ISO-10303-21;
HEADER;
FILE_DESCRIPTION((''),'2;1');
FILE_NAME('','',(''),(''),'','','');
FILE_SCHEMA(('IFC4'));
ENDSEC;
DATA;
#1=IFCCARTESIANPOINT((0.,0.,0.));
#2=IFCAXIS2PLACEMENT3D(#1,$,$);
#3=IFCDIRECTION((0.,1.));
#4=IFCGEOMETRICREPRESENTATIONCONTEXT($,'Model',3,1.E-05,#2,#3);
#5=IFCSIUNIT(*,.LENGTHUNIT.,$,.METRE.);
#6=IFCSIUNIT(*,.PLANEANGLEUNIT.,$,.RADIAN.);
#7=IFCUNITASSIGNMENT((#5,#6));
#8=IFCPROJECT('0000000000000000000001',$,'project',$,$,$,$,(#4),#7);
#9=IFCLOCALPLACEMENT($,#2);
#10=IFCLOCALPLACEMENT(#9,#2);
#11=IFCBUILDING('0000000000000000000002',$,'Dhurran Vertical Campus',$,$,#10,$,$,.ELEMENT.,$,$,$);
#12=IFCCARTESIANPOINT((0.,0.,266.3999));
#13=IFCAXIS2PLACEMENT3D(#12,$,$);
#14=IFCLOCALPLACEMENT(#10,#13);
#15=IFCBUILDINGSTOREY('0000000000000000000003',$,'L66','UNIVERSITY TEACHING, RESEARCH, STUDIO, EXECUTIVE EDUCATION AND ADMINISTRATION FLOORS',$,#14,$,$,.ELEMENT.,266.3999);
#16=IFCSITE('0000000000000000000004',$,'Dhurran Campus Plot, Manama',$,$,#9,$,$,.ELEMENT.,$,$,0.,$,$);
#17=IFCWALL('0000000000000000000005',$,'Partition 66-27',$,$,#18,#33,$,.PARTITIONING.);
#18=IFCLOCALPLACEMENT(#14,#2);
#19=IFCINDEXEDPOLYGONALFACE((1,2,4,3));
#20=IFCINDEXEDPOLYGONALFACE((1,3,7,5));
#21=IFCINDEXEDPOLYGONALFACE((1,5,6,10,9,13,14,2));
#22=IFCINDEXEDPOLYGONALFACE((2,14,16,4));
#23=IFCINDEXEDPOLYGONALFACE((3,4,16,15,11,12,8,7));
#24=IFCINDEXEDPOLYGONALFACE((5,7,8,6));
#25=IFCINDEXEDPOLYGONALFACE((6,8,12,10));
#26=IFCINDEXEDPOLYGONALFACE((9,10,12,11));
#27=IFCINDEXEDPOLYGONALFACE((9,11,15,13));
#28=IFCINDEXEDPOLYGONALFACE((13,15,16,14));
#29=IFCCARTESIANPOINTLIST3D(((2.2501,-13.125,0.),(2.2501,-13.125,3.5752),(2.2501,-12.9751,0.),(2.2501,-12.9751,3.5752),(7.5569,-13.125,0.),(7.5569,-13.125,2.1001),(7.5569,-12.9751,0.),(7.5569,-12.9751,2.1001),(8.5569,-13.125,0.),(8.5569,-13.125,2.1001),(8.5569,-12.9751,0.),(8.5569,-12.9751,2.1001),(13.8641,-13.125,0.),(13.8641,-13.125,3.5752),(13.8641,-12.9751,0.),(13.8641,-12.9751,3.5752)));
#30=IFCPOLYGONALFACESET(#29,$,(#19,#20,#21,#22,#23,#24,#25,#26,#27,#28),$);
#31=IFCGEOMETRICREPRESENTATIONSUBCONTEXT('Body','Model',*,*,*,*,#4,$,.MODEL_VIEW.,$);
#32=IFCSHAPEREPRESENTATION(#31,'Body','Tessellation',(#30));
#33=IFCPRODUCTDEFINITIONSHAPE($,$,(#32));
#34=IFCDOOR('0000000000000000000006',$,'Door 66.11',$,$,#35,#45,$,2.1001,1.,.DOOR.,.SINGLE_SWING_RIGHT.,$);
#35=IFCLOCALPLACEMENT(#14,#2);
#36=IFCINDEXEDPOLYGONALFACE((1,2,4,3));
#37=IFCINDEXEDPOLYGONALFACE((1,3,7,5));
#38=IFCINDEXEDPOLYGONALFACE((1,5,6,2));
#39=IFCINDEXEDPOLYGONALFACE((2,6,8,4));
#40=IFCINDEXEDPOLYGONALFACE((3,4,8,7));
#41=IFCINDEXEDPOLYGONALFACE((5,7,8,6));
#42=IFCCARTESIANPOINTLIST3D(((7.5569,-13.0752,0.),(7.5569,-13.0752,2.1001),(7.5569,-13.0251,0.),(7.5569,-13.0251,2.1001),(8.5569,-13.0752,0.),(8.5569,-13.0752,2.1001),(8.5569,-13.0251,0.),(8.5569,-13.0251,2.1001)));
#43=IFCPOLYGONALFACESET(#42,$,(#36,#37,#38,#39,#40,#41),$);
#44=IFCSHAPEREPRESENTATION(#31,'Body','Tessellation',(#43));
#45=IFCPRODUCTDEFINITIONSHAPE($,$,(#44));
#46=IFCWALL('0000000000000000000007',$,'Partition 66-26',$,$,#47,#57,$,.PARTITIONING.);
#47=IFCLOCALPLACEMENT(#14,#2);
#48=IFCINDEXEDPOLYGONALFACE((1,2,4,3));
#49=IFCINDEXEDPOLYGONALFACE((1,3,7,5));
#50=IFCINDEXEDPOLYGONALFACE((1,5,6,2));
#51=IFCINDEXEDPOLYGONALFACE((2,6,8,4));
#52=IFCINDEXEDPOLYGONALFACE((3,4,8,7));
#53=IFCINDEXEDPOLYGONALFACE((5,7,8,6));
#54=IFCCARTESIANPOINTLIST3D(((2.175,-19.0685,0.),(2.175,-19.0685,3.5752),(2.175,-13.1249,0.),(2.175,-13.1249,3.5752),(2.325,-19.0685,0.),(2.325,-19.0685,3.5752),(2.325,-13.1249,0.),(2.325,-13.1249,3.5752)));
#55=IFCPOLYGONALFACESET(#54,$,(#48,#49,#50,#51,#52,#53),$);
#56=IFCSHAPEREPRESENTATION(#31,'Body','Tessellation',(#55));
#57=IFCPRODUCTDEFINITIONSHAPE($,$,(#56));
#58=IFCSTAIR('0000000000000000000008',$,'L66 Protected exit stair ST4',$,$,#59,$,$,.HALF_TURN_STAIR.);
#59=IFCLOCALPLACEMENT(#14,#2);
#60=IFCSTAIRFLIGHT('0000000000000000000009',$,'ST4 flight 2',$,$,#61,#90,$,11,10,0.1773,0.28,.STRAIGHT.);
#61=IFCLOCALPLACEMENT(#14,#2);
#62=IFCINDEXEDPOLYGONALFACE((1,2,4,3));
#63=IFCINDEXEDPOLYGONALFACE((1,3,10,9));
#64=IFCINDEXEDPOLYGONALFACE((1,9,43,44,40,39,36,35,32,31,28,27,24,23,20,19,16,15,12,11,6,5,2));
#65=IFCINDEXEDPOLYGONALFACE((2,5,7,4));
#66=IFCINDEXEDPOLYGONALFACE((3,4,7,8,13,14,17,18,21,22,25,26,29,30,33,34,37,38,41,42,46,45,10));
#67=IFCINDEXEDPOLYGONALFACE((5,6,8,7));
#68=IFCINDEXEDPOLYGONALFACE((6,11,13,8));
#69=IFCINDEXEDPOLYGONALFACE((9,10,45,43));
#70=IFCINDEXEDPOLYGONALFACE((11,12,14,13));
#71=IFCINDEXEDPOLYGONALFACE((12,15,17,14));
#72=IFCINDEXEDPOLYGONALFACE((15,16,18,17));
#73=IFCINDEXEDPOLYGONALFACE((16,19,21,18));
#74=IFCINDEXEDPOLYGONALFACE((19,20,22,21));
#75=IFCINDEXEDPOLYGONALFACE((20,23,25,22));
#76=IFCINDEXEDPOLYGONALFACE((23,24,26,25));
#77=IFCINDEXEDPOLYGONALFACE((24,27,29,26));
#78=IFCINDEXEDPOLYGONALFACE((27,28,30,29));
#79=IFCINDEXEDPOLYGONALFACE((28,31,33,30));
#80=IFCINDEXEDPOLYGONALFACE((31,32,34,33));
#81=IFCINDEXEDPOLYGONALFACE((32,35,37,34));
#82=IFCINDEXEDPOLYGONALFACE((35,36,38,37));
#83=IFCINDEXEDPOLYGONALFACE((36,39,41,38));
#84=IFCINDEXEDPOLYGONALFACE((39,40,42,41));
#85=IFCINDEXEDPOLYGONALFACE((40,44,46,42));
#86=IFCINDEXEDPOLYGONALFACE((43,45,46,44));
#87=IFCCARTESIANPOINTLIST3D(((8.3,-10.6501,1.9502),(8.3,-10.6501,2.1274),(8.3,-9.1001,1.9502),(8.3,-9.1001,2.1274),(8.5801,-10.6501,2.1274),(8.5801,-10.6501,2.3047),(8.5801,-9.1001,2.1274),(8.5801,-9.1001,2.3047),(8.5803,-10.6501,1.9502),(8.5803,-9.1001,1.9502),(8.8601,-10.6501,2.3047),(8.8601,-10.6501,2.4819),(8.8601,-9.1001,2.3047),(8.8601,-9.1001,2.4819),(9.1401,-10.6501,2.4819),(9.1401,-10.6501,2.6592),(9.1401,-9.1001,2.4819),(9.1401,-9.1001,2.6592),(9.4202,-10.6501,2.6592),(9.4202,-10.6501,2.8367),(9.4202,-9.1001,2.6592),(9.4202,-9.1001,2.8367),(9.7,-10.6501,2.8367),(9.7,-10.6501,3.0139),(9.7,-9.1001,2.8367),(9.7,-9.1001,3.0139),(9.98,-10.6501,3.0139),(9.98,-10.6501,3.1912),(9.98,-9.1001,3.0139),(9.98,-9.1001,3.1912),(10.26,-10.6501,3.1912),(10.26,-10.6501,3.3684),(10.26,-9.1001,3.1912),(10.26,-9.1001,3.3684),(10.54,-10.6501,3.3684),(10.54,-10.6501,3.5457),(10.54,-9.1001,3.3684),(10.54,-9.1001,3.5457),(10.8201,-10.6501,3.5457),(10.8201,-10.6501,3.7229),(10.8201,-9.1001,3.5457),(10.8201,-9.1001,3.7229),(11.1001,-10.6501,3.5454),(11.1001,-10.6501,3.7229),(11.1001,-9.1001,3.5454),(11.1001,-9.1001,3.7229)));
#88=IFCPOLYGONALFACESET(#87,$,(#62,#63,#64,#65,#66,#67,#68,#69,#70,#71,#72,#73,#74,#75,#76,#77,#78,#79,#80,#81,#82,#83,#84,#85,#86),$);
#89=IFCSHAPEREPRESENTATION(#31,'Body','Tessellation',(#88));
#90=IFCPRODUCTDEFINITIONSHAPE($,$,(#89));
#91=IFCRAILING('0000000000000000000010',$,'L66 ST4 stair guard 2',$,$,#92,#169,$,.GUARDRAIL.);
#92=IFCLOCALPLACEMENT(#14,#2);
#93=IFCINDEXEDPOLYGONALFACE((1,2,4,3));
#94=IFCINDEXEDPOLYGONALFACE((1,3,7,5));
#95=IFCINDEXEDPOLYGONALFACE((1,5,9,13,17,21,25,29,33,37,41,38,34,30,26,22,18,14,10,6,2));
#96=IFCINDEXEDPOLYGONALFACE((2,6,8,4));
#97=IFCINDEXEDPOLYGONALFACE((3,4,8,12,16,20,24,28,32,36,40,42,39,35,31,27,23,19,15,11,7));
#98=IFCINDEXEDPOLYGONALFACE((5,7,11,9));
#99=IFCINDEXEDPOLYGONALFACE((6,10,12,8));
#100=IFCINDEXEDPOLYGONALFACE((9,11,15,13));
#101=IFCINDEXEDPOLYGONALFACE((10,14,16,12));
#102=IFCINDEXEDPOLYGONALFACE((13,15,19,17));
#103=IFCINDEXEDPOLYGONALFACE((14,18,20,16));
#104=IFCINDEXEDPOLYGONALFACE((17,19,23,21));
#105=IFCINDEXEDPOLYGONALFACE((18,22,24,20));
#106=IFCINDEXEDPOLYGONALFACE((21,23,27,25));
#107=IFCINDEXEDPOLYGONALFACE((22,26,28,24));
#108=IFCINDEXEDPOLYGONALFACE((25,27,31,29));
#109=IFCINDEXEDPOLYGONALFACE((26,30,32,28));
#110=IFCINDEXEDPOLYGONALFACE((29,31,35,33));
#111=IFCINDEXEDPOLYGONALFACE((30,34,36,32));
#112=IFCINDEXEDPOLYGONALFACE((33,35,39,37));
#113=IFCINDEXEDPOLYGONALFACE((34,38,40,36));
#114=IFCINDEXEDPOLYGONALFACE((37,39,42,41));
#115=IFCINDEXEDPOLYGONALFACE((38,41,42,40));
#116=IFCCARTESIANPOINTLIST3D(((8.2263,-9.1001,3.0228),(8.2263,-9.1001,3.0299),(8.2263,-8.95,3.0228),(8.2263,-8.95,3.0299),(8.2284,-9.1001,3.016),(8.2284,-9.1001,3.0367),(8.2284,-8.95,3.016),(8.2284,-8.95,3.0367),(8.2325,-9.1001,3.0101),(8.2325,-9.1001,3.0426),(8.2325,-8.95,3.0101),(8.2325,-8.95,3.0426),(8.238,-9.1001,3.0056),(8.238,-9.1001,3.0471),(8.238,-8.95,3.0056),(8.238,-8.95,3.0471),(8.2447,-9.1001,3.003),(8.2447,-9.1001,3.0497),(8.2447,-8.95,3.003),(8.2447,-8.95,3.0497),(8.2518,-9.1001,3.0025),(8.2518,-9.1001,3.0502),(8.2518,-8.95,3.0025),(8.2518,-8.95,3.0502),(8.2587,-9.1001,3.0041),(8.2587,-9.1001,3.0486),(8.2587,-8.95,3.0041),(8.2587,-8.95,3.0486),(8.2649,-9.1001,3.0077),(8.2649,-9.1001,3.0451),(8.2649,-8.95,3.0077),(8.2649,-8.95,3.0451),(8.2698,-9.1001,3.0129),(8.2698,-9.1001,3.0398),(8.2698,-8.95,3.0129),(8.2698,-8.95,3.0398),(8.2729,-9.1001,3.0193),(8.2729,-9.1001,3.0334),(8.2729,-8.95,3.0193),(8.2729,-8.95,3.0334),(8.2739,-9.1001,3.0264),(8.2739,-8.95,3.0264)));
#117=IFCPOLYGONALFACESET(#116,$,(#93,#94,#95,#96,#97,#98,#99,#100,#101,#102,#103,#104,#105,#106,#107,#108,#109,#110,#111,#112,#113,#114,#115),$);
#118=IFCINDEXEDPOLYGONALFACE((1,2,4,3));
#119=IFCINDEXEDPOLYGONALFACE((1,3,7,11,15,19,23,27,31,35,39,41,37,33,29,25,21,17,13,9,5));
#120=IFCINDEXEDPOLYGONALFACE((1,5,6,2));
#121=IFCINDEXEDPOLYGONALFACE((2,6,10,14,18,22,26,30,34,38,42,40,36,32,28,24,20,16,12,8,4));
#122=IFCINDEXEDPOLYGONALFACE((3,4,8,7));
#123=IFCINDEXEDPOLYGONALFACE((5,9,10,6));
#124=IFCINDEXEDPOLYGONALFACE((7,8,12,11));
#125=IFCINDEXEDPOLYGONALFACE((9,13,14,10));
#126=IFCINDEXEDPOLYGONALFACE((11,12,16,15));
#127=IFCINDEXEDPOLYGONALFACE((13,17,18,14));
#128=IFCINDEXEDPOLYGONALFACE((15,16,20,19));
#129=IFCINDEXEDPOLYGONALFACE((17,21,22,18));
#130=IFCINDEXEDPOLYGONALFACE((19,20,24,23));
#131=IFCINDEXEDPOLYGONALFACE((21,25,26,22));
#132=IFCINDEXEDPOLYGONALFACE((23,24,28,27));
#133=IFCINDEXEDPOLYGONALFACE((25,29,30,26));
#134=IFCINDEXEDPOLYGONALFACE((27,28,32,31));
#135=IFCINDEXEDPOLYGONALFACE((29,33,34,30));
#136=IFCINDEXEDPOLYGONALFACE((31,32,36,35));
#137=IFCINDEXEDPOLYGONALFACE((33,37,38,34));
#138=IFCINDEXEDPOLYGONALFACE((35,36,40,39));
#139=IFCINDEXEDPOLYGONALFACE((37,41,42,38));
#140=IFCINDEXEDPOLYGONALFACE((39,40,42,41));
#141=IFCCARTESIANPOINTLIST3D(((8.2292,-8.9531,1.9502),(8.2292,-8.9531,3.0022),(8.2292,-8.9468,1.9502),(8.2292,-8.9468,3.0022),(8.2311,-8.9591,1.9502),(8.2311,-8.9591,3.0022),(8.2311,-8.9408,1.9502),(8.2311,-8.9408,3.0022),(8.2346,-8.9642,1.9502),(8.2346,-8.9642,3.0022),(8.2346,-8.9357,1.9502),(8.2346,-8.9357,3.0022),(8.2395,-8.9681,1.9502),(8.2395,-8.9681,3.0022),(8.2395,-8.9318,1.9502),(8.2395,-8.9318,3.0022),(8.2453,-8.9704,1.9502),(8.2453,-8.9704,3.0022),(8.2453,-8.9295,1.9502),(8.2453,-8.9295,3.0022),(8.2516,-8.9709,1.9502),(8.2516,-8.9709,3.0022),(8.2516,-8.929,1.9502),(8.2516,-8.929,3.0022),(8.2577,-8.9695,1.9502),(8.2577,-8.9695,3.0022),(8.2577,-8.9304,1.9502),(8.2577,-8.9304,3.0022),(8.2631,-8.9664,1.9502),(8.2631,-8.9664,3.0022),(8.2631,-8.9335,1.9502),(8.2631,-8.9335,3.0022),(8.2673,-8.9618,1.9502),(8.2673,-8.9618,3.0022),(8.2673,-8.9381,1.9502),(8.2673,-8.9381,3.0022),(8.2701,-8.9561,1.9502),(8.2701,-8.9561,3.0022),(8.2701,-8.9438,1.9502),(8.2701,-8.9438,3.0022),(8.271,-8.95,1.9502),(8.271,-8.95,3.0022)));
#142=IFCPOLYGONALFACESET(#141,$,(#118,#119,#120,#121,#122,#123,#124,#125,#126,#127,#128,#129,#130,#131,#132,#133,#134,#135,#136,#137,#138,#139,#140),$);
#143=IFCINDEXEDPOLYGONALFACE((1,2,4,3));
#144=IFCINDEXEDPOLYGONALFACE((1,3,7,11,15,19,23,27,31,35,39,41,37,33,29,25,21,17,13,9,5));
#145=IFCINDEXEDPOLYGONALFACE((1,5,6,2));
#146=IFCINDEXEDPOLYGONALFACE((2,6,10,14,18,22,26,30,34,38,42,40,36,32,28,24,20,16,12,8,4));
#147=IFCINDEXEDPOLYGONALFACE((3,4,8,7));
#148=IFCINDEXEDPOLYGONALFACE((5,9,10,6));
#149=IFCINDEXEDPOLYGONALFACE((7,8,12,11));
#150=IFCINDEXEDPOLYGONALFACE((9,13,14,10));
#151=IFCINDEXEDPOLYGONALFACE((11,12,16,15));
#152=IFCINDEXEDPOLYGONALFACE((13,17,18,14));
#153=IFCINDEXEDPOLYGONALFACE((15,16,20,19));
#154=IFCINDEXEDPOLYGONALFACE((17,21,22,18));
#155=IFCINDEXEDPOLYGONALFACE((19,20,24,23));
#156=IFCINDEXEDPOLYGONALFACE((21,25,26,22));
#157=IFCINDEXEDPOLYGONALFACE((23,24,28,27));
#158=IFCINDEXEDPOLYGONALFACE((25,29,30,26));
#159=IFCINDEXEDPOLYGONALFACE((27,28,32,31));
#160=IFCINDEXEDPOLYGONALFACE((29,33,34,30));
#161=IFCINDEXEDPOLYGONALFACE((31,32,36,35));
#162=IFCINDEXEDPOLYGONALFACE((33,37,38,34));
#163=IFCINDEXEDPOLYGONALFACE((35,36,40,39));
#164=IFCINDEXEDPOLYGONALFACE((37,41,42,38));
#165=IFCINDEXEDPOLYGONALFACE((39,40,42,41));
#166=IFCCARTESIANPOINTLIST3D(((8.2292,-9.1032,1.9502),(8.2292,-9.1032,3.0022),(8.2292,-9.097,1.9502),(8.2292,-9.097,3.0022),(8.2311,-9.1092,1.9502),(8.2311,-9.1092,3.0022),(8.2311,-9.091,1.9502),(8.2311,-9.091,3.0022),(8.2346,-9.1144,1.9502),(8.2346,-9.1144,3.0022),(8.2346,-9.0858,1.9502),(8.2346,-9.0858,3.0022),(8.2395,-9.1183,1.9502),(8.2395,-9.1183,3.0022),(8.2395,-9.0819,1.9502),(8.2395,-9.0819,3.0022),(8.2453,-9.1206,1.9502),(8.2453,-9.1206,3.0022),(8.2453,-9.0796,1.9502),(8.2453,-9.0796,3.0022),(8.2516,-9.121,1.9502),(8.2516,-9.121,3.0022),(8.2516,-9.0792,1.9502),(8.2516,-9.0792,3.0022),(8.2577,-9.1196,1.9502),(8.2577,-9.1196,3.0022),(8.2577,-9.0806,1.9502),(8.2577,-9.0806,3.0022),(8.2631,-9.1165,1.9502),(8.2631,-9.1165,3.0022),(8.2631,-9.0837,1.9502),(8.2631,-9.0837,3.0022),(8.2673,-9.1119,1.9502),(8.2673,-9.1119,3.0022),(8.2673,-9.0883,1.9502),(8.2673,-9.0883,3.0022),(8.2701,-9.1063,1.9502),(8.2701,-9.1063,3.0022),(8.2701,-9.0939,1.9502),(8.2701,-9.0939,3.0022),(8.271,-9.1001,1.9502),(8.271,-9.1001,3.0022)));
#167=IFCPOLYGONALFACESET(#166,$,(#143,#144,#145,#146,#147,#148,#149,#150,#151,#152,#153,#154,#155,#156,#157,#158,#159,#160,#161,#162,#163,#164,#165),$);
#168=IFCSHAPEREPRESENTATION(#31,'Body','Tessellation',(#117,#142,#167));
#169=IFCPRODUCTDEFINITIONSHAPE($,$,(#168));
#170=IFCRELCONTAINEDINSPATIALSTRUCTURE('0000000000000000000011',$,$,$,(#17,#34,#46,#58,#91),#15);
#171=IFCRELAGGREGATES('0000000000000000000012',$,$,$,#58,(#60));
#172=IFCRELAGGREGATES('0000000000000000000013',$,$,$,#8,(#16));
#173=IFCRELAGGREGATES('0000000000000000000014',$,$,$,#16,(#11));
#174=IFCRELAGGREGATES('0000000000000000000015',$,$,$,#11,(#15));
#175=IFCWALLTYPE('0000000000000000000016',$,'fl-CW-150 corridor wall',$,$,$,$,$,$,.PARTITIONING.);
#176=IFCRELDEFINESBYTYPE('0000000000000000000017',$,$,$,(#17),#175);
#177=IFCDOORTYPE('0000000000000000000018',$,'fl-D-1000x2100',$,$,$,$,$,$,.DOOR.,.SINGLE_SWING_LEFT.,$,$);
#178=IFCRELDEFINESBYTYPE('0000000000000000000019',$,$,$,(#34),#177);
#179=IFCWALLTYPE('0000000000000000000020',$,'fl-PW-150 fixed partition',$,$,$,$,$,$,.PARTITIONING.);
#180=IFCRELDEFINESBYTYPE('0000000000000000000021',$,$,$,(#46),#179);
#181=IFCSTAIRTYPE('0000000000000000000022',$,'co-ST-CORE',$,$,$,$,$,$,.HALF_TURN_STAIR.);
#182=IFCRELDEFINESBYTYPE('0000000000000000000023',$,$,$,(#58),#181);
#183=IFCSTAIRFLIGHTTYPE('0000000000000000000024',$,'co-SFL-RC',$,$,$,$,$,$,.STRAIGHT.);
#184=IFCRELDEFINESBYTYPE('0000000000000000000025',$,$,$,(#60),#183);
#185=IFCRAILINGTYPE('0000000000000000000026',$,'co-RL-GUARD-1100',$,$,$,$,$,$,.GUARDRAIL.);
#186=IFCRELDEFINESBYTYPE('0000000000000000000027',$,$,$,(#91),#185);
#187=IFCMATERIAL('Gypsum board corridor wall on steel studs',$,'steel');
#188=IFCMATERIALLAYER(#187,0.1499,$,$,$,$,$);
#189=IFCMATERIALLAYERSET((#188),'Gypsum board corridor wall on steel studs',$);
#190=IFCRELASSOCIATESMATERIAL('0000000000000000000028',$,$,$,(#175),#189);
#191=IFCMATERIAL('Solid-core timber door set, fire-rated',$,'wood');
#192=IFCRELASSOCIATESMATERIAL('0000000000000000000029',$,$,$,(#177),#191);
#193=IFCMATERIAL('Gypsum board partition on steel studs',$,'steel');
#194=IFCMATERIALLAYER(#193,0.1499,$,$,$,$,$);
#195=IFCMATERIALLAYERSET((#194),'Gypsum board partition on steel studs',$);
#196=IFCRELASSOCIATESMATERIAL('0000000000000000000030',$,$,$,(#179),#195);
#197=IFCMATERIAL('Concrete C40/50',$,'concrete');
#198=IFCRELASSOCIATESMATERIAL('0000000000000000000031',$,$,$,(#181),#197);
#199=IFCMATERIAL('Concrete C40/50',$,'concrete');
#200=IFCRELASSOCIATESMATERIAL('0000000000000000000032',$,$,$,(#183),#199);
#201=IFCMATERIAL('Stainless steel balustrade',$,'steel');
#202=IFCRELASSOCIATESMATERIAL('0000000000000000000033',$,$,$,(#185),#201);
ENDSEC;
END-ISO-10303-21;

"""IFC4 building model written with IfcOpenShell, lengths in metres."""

from ifc_helpers import new_model, si_unit, direction, frame, frame_2d, origin, origin_2d, place, context, subcontext, project, spatial, polyline, rectangle, circle, outline, extrude, material, layer, layer_set, type_object, element, fill, aggregate, save


model = new_model("IFC4")

# Units and contexts
model_context = context("Model", 3, precision=1e-05, world=origin(), true_north=direction((0.0, 1.0)))
body_context = subcontext(model_context, "Body", "Model", "MODEL_VIEW")
ifc_project = project(units=[si_unit("LENGTHUNIT", "METRE"), si_unit("PLANEANGLEUNIT", "RADIAN")], contexts=[model_context])

# Site, building, storey
site_placement = place(None, origin())
site = spatial("IfcSite", under=ifc_project, at=site_placement, Name="Dhurran Campus Plot, Manama", CompositionType="ELEMENT", RefElevation=0.0)
building_placement = place(site_placement, origin())
building = spatial("IfcBuilding", under=site, at=building_placement, Name="Dhurran Vertical Campus", CompositionType="ELEMENT")
storey_placement = place(building_placement, frame((0.0, 0.0, 266.3999)))
storey = spatial("IfcBuildingStorey", under=building, at=storey_placement, Name="L66", Description="UNIVERSITY TEACHING, RESEARCH, STUDIO, EXECUTIVE EDUCATION AND ADMINISTRATION FLOORS", CompositionType="ELEMENT", Elevation=266.3999)

# Wall, opening, door
ifc_material_1 = material(Name="Gypsum board corridor wall on steel studs", Category="steel")
ifc_layer_1 = layer(ifc_material_1, 0.1499)
ifc_layer_set_1 = layer_set([ifc_layer_1], Name="Gypsum board corridor wall on steel studs")
wall_type_1 = type_object("IfcWallType", Name="fl-CW-150 corridor wall", PredefinedType="PARTITIONING", material=ifc_layer_set_1)
wall_1_placement = place(storey_placement, frame((2.25, -13.05, 0.0), z_axis=(0.0, 0.0, 1.0), x_axis=(1.0, 0.0, 0.0)))
wall_1 = element("IfcWall", 1, at=wall_1_placement, inside=storey, type_object=wall_type_1, Name="Partition 66-27", PredefinedType="PARTITIONING", context=body_context, shape_type="SweptSolid", body=[
    extrude(rectangle(XDim=11.614, YDim=0.1499, at=frame_2d((5.8071, 0.0))), origin(), (0.0, 0.0, 1.0), 3.5752),
])
opening_1_placement = place(wall_1_placement, frame((5.3069, 0.0, 0.0)))
opening_1 = element("IfcOpeningElement", 2, at=opening_1_placement, cuts=wall_1, PredefinedType="OPENING", context=body_context, shape_type="SweptSolid", body=[
    extrude(rectangle(XDim=1.0, YDim=2.1001, at=frame_2d((0.5, 1.05))), frame((0.0, 0.085, 0.0), z_axis=(0.0, -1.0, 0.0), x_axis=(1.0, 0.0, 0.0)), (0.0, 0.0, 1.0), 0.1699),
])
ifc_material_2 = material(Name="Solid-core timber door set, fire-rated", Category="wood")
door_type_1 = type_object("IfcDoorType", Name="fl-D-1000x2100", OperationType="SINGLE_SWING_LEFT", PredefinedType="DOOR", material=ifc_material_2)
door_1_placement = place(opening_1_placement, origin())
door_1 = element("IfcDoor", 3, at=door_1_placement, inside=storey, type_object=door_type_1, Name="Door 66.11", OperationType="SINGLE_SWING_RIGHT", OverallHeight=2.1001, OverallWidth=1.0, PredefinedType="DOOR", context=body_context, shape_type="SweptSolid", body=[
    extrude(rectangle(XDim=1.0, YDim=2.1001, at=frame_2d((0.5, 1.05))), frame((0.0, 0.0249, 0.0), z_axis=(0.0, -1.0, 0.0), x_axis=(1.0, 0.0, 0.0)), (0.0, 0.0, 1.0), 0.05),
])
fill(opening_1, door_1)

# Wall
ifc_material_3 = material(Name="Gypsum board partition on steel studs", Category="steel")
ifc_layer_2 = layer(ifc_material_3, 0.1499)
ifc_layer_set_2 = layer_set([ifc_layer_2], Name="Gypsum board partition on steel studs")
wall_type_2 = type_object("IfcWallType", Name="fl-PW-150 fixed partition", PredefinedType="PARTITIONING", material=ifc_layer_set_2)
wall_2_placement = place(storey_placement, frame((2.25, -13.125, 0.0), z_axis=(0.0, 0.0, 1.0), x_axis=(0.0, -1.0, 0.0)))
element("IfcWall", 4, at=wall_2_placement, inside=storey, type_object=wall_type_2, Name="Partition 66-26", PredefinedType="PARTITIONING", context=body_context, shape_type="SweptSolid", body=[
    extrude(rectangle(XDim=5.9436, YDim=0.1499, at=frame_2d((2.9717, 0.0))), origin(), (0.0, 0.0, 1.0), 3.5752),
])

# Stair, stair flight
ifc_material_4 = material(Name="Concrete C40/50", Category="concrete")
stair_type = type_object("IfcStairType", Name="co-ST-CORE", PredefinedType="HALF_TURN_STAIR", material=ifc_material_4)
stair_placement = place(storey_placement, origin())
stair = element("IfcStair", 5, at=stair_placement, inside=storey, type_object=stair_type, Name="L66 Protected exit stair ST4", PredefinedType="HALF_TURN_STAIR")
ifc_material_5 = material(Name="Concrete C40/50", Category="concrete")
stair_flight_type = type_object("IfcStairFlightType", Name="co-SFL-RC", PredefinedType="STRAIGHT", material=ifc_material_5)
stair_flight_placement = place(storey_placement, frame((8.3, -9.875, 1.9502), z_axis=(0.0, 0.0, 1.0), x_axis=(1.0, 0.0, 0.0)))
stair_flight = element("IfcStairFlight", 6, at=stair_flight_placement, type_object=stair_flight_type, Name="ST4 flight 2", NumberOfRisers=11, NumberOfTreads=10, PredefinedType="STRAIGHT", RiserHeight=0.1773, TreadLength=0.28, context=body_context, shape_type="SweptSolid", body=[
    extrude(outline(polyline([(0.0, 0.0), (0.0, 0.1772), (0.28, 0.1772), (0.28, 0.3545), (0.5601, 0.3545), (0.5601, 0.5317), (0.8401, 0.5317), (0.8401, 0.709), (1.1201, 0.709), (1.1201, 0.8865), (1.3999, 0.8865), (1.3999, 1.0637), (1.6799, 1.0637), (1.6799, 1.241), (1.96, 1.241), (1.96, 1.4182), (2.24, 1.4182), (2.24, 1.5955), (2.52, 1.5955), (2.52, 1.7727), (2.8, 1.7727), (2.8, 1.95), (2.8, 1.5952), (0.2803, 0.0), (0.0, 0.0)])), frame((0.0, 0.7749, 0.0), z_axis=(0.0, -1.0, 0.0), x_axis=(1.0, 0.0, 0.0)), (0.0, 0.0, 1.0), 1.55),
])
aggregate(stair, [stair_flight])

# Railing
ifc_material_6 = material(Name="Stainless steel balustrade", Category="steel")
railing_type_1 = type_object("IfcRailingType", Name="co-RL-GUARD-1100", PredefinedType="GUARDRAIL", material=ifc_material_6)
railing_1_placement = place(storey_placement, frame((8.25, -8.95, 1.9502)))
element("IfcRailing", 7, at=railing_1_placement, inside=storey, type_object=railing_type_1, Name="L66 ST4 stair guard 2", PredefinedType="GUARDRAIL", context=body_context, shape_type="SweptSolid", body=[
    extrude(circle(Radius=0.0239, at=origin_2d()), frame((0.0, 0.0, 1.0762), z_axis=(0.0, -1.0, 0.0), x_axis=(1.0, 0.0, 0.0)), (0.0, 0.0, 1.0), 0.1501),
    extrude(circle(Radius=0.021, at=origin_2d()), origin(), (0.0, 0.0, 1.0), 1.052),
    extrude(circle(Radius=0.021, at=origin_2d()), frame((0.0, -0.1501, 0.0)), (0.0, 0.0, 1.0), 1.052),
])

save(model, "model.ifc")
